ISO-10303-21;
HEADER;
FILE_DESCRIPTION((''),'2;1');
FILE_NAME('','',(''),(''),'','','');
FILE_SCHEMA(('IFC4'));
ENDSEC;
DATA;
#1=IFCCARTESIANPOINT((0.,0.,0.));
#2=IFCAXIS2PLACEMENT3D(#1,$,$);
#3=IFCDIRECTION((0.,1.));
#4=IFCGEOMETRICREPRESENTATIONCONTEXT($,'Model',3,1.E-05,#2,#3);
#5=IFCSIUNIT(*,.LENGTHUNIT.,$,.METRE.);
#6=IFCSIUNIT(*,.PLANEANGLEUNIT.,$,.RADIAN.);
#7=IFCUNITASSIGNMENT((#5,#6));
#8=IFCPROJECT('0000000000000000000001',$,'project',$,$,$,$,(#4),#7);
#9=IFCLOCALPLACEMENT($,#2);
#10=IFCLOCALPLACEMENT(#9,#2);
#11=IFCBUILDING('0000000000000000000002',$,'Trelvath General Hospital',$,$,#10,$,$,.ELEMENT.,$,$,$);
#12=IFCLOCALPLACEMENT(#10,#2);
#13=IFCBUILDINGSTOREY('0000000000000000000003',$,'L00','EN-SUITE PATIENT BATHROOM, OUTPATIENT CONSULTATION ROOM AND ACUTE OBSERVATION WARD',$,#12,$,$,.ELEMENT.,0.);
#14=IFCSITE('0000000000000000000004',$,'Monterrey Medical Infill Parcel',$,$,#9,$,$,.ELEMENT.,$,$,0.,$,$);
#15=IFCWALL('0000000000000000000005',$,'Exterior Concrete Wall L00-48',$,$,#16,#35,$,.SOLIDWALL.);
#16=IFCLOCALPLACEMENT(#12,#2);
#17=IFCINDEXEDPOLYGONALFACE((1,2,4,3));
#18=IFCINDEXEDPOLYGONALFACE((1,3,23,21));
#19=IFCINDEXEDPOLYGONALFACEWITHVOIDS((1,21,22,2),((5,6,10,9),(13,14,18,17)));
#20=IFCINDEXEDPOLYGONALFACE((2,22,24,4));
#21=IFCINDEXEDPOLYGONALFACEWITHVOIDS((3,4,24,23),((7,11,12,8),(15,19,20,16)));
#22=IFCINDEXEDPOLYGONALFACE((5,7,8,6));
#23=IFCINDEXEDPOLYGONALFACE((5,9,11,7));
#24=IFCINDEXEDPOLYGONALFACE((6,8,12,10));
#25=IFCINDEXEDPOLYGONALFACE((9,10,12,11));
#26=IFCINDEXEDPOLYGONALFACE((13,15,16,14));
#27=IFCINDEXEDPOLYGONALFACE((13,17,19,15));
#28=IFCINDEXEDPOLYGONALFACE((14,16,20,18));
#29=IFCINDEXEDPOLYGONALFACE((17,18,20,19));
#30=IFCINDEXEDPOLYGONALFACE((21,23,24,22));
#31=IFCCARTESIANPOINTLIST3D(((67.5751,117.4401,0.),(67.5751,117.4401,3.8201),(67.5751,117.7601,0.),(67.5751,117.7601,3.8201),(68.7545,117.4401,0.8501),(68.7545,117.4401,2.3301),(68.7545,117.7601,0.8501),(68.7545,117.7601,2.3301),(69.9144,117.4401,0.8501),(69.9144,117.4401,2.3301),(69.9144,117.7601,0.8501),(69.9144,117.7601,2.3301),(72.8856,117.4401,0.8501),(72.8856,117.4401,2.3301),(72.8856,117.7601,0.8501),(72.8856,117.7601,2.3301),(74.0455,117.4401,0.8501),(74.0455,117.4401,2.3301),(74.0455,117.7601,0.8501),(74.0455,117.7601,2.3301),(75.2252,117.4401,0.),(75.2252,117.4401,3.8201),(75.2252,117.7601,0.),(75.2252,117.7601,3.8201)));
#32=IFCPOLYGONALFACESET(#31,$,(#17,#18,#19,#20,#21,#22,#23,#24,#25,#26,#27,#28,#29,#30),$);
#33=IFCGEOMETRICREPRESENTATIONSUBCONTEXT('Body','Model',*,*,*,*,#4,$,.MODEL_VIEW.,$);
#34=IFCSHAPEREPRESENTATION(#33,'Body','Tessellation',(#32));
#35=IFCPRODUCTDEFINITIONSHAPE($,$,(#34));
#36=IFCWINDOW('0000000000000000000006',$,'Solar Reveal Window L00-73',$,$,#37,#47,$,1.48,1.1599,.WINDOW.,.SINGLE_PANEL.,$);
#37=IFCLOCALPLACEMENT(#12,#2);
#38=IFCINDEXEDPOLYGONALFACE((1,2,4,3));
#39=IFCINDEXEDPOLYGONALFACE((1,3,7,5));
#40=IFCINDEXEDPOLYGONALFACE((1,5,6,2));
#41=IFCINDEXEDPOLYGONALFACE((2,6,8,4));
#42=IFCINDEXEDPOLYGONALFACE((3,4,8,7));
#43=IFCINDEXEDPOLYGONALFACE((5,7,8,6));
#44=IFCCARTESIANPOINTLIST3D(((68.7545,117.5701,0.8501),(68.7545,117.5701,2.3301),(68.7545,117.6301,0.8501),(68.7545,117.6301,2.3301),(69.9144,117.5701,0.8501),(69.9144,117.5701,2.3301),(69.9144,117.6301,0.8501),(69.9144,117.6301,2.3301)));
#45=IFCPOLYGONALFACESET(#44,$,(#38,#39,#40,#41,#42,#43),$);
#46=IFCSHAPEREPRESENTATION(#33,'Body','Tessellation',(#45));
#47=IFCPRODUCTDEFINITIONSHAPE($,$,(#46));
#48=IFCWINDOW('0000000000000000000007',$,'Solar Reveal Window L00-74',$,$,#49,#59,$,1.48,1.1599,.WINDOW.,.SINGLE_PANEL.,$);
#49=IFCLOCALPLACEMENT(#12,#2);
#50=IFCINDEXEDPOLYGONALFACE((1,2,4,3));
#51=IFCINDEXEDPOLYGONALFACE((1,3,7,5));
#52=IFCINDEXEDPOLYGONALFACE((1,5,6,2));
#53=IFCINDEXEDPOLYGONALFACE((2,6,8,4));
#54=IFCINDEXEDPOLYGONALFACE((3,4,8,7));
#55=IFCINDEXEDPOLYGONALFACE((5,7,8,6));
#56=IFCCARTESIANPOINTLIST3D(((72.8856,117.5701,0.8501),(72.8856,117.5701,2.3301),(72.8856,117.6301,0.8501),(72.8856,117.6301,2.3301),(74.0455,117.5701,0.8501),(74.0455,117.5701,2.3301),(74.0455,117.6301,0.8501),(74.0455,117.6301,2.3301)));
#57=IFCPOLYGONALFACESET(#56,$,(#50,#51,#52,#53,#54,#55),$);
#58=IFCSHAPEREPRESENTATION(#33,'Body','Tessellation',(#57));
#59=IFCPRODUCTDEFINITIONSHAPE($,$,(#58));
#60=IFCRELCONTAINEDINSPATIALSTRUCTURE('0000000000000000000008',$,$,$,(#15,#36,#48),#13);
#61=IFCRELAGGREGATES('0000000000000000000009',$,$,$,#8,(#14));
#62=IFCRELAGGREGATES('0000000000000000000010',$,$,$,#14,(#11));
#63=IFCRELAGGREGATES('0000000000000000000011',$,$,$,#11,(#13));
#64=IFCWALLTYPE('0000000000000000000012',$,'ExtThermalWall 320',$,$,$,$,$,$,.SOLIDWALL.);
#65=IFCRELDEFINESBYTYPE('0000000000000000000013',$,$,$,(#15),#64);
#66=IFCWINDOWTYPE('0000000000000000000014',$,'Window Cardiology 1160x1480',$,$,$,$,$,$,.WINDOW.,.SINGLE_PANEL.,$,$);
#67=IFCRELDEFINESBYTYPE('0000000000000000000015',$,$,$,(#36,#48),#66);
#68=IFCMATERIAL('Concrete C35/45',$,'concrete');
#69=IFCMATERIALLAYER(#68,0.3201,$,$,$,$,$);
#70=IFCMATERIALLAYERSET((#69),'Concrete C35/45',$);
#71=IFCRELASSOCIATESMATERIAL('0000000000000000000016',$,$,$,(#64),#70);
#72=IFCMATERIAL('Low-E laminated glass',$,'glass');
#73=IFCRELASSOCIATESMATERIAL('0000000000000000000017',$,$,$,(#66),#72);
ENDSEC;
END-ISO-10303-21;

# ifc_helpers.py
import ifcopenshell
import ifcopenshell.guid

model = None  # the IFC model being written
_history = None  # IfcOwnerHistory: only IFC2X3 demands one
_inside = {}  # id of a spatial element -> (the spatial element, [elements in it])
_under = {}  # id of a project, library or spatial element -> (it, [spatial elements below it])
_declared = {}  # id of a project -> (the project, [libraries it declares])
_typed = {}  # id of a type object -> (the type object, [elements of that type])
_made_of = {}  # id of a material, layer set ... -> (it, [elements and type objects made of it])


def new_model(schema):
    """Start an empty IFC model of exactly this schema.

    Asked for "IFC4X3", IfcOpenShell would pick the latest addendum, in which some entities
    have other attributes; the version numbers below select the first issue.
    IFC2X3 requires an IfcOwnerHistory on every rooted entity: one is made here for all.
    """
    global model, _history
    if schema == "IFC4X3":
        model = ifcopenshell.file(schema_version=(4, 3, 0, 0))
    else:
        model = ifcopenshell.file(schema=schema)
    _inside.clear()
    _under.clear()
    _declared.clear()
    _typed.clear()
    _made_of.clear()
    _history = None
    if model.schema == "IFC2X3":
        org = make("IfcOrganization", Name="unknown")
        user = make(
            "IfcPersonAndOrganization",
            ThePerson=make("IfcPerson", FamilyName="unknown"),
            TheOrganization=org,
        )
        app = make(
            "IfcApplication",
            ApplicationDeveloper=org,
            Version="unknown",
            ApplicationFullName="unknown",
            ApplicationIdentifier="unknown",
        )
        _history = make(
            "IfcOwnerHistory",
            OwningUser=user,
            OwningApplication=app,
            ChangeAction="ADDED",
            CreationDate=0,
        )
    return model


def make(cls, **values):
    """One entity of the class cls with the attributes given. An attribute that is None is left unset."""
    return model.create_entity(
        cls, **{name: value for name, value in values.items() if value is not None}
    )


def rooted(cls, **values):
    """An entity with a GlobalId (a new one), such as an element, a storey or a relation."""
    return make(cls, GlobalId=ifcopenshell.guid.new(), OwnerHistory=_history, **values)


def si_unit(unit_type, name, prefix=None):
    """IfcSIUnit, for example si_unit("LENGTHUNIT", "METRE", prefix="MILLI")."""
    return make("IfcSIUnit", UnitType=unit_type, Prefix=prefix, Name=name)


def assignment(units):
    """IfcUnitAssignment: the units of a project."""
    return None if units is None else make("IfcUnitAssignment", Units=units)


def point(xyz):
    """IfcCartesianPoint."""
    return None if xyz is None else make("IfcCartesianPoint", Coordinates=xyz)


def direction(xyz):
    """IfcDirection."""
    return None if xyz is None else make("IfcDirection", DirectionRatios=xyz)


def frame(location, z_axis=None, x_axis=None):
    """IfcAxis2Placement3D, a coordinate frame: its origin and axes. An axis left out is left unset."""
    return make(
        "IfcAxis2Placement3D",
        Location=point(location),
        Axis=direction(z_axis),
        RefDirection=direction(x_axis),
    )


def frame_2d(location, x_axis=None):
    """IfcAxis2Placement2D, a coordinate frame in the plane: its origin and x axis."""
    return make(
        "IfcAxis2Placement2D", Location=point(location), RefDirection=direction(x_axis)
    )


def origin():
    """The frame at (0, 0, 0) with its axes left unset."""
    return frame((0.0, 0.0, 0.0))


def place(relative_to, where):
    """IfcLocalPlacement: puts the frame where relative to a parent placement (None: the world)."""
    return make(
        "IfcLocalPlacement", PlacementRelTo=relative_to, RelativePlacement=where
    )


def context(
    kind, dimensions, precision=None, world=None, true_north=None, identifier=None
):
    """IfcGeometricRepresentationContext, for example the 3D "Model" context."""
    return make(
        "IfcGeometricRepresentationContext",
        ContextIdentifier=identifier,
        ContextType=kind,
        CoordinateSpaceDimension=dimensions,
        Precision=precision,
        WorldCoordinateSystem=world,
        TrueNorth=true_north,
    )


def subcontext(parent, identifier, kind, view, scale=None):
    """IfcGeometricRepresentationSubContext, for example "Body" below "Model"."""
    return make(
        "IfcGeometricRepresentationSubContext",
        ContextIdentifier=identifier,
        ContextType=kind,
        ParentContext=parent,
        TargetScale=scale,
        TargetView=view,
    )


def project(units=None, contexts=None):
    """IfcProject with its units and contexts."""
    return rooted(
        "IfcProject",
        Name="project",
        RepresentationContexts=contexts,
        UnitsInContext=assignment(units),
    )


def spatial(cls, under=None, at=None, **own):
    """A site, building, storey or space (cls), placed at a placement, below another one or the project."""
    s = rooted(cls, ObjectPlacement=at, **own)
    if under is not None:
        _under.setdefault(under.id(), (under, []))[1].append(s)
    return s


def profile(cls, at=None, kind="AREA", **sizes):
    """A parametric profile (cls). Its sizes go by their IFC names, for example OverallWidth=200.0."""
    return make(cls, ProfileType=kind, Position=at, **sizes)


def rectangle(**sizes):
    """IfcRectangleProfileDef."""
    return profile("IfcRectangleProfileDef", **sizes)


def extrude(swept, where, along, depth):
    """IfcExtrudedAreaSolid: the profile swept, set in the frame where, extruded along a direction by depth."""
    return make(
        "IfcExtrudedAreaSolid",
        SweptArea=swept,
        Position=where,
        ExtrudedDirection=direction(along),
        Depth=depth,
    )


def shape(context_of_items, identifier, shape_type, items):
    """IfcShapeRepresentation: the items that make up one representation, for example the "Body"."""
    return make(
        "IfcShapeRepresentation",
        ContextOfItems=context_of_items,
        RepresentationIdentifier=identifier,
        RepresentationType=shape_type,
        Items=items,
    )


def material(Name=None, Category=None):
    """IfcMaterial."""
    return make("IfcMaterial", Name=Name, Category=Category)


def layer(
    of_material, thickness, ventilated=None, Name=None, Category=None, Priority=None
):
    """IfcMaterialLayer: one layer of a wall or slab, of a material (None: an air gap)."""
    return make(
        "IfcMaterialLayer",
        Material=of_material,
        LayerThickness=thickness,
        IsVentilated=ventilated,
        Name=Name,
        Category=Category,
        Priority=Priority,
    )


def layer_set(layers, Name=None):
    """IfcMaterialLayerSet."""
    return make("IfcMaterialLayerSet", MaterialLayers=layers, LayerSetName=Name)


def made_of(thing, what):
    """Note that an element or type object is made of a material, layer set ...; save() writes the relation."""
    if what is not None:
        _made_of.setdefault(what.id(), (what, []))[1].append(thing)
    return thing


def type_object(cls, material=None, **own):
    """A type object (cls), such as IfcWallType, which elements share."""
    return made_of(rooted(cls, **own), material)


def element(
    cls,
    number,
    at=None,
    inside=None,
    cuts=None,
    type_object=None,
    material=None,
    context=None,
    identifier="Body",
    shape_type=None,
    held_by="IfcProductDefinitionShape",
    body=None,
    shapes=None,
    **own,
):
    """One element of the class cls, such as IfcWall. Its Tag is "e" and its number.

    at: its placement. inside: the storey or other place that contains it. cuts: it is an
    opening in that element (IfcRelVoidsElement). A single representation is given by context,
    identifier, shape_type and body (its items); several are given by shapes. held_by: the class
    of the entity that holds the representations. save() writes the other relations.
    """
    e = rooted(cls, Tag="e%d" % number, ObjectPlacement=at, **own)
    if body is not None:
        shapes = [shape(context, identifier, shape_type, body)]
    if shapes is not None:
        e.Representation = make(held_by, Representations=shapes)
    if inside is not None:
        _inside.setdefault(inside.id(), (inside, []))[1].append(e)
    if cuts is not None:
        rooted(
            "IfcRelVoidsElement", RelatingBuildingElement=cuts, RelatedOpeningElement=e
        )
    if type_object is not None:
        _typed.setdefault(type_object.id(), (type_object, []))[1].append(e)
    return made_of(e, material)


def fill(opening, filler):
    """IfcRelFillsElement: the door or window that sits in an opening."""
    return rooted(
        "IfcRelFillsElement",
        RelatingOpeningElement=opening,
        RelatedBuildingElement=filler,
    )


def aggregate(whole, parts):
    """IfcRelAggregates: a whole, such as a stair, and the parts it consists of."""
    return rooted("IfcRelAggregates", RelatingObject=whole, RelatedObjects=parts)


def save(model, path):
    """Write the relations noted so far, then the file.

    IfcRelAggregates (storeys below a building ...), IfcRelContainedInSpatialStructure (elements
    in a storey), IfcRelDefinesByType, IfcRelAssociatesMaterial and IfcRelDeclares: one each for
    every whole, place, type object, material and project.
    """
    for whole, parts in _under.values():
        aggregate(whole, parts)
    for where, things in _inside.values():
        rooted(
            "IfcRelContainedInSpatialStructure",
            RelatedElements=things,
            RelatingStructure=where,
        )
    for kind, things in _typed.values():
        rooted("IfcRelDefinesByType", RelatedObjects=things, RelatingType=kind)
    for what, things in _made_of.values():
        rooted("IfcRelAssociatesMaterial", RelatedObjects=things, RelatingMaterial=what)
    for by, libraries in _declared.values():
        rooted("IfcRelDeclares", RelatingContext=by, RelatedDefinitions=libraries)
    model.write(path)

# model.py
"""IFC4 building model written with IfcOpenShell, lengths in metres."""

from ifc_helpers import new_model, si_unit, direction, frame, frame_2d, origin, place, context, subcontext, project, spatial, rectangle, extrude, material, layer, layer_set, type_object, element, fill, save


model = new_model("IFC4")

# Units and contexts
model_context = context("Model", 3, precision=1e-05, world=origin(), true_north=direction((0.0, 1.0)))
body_context = subcontext(model_context, "Body", "Model", "MODEL_VIEW")
ifc_project = project(units=[si_unit("LENGTHUNIT", "METRE"), si_unit("PLANEANGLEUNIT", "RADIAN")], contexts=[model_context])

# Site, building, storey
site_placement = place(None, origin())
site = spatial("IfcSite", under=ifc_project, at=site_placement, Name="Monterrey Medical Infill Parcel", CompositionType="ELEMENT", RefElevation=0.0)
building_placement = place(site_placement, origin())
building = spatial("IfcBuilding", under=site, at=building_placement, Name="Trelvath General Hospital", CompositionType="ELEMENT")
storey_placement = place(building_placement, origin())
storey = spatial("IfcBuildingStorey", under=building, at=storey_placement, Name="L00", Description="EN-SUITE PATIENT BATHROOM, OUTPATIENT CONSULTATION ROOM AND ACUTE OBSERVATION WARD", CompositionType="ELEMENT", Elevation=0.0)

# Wall, openings, windows
ifc_material_1 = material(Name="Concrete C35/45", Category="concrete")
ifc_layer_1 = layer(ifc_material_1, 0.3201)
ifc_layer_set_1 = layer_set([ifc_layer_1], Name="Concrete C35/45")
wall_type_1 = type_object("IfcWallType", Name="ExtThermalWall 320", PredefinedType="SOLIDWALL", material=ifc_layer_set_1)
wall_1_placement = place(storey_placement, frame((67.575, 117.6001, 0.0), z_axis=(0.0, 0.0, 1.0), x_axis=(1.0, 0.0, 0.0)))
wall_1 = element("IfcWall", 1, at=wall_1_placement, inside=storey, type_object=wall_type_1, Name="Exterior Concrete Wall L00-48", PredefinedType="SOLIDWALL", context=body_context, shape_type="SweptSolid", body=[
    extrude(rectangle(XDim=7.6501, YDim=0.3201, at=frame_2d((3.8252, 0.0))), origin(), (0.0, 0.0, 1.0), 3.8201),
])
opening_1_placement = place(wall_1_placement, frame((1.1794, 0.0, 0.8501)))
opening_1 = element("IfcOpeningElement", 2, at=opening_1_placement, cuts=wall_1, PredefinedType="OPENING", context=body_context, shape_type="SweptSolid", body=[
    extrude(rectangle(XDim=1.1599, YDim=1.48, at=frame_2d((0.5801, 0.74))), frame((0.0, 0.1699, 0.0), z_axis=(0.0, -1.0, 0.0), x_axis=(1.0, 0.0, 0.0)), (0.0, 0.0, 1.0), 0.3401),
])
opening_2_placement = place(wall_1_placement, frame((5.3105, 0.0, 0.8501)))
opening_2 = element("IfcOpeningElement", 3, at=opening_2_placement, cuts=wall_1, PredefinedType="OPENING", context=body_context, shape_type="SweptSolid", body=[
    extrude(rectangle(XDim=1.1599, YDim=1.48, at=frame_2d((0.5801, 0.74))), frame((0.0, 0.1699, 0.0), z_axis=(0.0, -1.0, 0.0), x_axis=(1.0, 0.0, 0.0)), (0.0, 0.0, 1.0), 0.3401),
])
ifc_material_2 = material(Name="Low-E laminated glass", Category="glass")
window_type = type_object("IfcWindowType", Name="Window Cardiology 1160x1480", PartitioningType="SINGLE_PANEL", PredefinedType="WINDOW", material=ifc_material_2)
window_1_placement = place(opening_1_placement, origin())
window_1 = element("IfcWindow", 4, at=window_1_placement, inside=storey, type_object=window_type, Name="Solar Reveal Window L00-73", OverallHeight=1.48, OverallWidth=1.1599, PartitioningType="SINGLE_PANEL", PredefinedType="WINDOW", context=body_context, shape_type="SweptSolid", body=[
    extrude(rectangle(XDim=1.1599, YDim=1.48, at=frame_2d((0.5801, 0.74))), frame((0.0, 0.03, 0.0), z_axis=(0.0, -1.0, 0.0), x_axis=(1.0, 0.0, 0.0)), (0.0, 0.0, 1.0), 0.0601),
])
fill(opening_1, window_1)
window_2_placement = place(opening_2_placement, origin())
window_2 = element("IfcWindow", 5, at=window_2_placement, inside=storey, type_object=window_type, Name="Solar Reveal Window L00-74", OverallHeight=1.48, OverallWidth=1.1599, PartitioningType="SINGLE_PANEL", PredefinedType="WINDOW", context=body_context, shape_type="SweptSolid", body=[
    extrude(rectangle(XDim=1.1599, YDim=1.48, at=frame_2d((0.5801, 0.74))), frame((0.0, 0.03, 0.0), z_axis=(0.0, -1.0, 0.0), x_axis=(1.0, 0.0, 0.0)), (0.0, 0.0, 1.0), 0.0601),
])
fill(opening_2, window_2)

save(model, "model.ifc")
